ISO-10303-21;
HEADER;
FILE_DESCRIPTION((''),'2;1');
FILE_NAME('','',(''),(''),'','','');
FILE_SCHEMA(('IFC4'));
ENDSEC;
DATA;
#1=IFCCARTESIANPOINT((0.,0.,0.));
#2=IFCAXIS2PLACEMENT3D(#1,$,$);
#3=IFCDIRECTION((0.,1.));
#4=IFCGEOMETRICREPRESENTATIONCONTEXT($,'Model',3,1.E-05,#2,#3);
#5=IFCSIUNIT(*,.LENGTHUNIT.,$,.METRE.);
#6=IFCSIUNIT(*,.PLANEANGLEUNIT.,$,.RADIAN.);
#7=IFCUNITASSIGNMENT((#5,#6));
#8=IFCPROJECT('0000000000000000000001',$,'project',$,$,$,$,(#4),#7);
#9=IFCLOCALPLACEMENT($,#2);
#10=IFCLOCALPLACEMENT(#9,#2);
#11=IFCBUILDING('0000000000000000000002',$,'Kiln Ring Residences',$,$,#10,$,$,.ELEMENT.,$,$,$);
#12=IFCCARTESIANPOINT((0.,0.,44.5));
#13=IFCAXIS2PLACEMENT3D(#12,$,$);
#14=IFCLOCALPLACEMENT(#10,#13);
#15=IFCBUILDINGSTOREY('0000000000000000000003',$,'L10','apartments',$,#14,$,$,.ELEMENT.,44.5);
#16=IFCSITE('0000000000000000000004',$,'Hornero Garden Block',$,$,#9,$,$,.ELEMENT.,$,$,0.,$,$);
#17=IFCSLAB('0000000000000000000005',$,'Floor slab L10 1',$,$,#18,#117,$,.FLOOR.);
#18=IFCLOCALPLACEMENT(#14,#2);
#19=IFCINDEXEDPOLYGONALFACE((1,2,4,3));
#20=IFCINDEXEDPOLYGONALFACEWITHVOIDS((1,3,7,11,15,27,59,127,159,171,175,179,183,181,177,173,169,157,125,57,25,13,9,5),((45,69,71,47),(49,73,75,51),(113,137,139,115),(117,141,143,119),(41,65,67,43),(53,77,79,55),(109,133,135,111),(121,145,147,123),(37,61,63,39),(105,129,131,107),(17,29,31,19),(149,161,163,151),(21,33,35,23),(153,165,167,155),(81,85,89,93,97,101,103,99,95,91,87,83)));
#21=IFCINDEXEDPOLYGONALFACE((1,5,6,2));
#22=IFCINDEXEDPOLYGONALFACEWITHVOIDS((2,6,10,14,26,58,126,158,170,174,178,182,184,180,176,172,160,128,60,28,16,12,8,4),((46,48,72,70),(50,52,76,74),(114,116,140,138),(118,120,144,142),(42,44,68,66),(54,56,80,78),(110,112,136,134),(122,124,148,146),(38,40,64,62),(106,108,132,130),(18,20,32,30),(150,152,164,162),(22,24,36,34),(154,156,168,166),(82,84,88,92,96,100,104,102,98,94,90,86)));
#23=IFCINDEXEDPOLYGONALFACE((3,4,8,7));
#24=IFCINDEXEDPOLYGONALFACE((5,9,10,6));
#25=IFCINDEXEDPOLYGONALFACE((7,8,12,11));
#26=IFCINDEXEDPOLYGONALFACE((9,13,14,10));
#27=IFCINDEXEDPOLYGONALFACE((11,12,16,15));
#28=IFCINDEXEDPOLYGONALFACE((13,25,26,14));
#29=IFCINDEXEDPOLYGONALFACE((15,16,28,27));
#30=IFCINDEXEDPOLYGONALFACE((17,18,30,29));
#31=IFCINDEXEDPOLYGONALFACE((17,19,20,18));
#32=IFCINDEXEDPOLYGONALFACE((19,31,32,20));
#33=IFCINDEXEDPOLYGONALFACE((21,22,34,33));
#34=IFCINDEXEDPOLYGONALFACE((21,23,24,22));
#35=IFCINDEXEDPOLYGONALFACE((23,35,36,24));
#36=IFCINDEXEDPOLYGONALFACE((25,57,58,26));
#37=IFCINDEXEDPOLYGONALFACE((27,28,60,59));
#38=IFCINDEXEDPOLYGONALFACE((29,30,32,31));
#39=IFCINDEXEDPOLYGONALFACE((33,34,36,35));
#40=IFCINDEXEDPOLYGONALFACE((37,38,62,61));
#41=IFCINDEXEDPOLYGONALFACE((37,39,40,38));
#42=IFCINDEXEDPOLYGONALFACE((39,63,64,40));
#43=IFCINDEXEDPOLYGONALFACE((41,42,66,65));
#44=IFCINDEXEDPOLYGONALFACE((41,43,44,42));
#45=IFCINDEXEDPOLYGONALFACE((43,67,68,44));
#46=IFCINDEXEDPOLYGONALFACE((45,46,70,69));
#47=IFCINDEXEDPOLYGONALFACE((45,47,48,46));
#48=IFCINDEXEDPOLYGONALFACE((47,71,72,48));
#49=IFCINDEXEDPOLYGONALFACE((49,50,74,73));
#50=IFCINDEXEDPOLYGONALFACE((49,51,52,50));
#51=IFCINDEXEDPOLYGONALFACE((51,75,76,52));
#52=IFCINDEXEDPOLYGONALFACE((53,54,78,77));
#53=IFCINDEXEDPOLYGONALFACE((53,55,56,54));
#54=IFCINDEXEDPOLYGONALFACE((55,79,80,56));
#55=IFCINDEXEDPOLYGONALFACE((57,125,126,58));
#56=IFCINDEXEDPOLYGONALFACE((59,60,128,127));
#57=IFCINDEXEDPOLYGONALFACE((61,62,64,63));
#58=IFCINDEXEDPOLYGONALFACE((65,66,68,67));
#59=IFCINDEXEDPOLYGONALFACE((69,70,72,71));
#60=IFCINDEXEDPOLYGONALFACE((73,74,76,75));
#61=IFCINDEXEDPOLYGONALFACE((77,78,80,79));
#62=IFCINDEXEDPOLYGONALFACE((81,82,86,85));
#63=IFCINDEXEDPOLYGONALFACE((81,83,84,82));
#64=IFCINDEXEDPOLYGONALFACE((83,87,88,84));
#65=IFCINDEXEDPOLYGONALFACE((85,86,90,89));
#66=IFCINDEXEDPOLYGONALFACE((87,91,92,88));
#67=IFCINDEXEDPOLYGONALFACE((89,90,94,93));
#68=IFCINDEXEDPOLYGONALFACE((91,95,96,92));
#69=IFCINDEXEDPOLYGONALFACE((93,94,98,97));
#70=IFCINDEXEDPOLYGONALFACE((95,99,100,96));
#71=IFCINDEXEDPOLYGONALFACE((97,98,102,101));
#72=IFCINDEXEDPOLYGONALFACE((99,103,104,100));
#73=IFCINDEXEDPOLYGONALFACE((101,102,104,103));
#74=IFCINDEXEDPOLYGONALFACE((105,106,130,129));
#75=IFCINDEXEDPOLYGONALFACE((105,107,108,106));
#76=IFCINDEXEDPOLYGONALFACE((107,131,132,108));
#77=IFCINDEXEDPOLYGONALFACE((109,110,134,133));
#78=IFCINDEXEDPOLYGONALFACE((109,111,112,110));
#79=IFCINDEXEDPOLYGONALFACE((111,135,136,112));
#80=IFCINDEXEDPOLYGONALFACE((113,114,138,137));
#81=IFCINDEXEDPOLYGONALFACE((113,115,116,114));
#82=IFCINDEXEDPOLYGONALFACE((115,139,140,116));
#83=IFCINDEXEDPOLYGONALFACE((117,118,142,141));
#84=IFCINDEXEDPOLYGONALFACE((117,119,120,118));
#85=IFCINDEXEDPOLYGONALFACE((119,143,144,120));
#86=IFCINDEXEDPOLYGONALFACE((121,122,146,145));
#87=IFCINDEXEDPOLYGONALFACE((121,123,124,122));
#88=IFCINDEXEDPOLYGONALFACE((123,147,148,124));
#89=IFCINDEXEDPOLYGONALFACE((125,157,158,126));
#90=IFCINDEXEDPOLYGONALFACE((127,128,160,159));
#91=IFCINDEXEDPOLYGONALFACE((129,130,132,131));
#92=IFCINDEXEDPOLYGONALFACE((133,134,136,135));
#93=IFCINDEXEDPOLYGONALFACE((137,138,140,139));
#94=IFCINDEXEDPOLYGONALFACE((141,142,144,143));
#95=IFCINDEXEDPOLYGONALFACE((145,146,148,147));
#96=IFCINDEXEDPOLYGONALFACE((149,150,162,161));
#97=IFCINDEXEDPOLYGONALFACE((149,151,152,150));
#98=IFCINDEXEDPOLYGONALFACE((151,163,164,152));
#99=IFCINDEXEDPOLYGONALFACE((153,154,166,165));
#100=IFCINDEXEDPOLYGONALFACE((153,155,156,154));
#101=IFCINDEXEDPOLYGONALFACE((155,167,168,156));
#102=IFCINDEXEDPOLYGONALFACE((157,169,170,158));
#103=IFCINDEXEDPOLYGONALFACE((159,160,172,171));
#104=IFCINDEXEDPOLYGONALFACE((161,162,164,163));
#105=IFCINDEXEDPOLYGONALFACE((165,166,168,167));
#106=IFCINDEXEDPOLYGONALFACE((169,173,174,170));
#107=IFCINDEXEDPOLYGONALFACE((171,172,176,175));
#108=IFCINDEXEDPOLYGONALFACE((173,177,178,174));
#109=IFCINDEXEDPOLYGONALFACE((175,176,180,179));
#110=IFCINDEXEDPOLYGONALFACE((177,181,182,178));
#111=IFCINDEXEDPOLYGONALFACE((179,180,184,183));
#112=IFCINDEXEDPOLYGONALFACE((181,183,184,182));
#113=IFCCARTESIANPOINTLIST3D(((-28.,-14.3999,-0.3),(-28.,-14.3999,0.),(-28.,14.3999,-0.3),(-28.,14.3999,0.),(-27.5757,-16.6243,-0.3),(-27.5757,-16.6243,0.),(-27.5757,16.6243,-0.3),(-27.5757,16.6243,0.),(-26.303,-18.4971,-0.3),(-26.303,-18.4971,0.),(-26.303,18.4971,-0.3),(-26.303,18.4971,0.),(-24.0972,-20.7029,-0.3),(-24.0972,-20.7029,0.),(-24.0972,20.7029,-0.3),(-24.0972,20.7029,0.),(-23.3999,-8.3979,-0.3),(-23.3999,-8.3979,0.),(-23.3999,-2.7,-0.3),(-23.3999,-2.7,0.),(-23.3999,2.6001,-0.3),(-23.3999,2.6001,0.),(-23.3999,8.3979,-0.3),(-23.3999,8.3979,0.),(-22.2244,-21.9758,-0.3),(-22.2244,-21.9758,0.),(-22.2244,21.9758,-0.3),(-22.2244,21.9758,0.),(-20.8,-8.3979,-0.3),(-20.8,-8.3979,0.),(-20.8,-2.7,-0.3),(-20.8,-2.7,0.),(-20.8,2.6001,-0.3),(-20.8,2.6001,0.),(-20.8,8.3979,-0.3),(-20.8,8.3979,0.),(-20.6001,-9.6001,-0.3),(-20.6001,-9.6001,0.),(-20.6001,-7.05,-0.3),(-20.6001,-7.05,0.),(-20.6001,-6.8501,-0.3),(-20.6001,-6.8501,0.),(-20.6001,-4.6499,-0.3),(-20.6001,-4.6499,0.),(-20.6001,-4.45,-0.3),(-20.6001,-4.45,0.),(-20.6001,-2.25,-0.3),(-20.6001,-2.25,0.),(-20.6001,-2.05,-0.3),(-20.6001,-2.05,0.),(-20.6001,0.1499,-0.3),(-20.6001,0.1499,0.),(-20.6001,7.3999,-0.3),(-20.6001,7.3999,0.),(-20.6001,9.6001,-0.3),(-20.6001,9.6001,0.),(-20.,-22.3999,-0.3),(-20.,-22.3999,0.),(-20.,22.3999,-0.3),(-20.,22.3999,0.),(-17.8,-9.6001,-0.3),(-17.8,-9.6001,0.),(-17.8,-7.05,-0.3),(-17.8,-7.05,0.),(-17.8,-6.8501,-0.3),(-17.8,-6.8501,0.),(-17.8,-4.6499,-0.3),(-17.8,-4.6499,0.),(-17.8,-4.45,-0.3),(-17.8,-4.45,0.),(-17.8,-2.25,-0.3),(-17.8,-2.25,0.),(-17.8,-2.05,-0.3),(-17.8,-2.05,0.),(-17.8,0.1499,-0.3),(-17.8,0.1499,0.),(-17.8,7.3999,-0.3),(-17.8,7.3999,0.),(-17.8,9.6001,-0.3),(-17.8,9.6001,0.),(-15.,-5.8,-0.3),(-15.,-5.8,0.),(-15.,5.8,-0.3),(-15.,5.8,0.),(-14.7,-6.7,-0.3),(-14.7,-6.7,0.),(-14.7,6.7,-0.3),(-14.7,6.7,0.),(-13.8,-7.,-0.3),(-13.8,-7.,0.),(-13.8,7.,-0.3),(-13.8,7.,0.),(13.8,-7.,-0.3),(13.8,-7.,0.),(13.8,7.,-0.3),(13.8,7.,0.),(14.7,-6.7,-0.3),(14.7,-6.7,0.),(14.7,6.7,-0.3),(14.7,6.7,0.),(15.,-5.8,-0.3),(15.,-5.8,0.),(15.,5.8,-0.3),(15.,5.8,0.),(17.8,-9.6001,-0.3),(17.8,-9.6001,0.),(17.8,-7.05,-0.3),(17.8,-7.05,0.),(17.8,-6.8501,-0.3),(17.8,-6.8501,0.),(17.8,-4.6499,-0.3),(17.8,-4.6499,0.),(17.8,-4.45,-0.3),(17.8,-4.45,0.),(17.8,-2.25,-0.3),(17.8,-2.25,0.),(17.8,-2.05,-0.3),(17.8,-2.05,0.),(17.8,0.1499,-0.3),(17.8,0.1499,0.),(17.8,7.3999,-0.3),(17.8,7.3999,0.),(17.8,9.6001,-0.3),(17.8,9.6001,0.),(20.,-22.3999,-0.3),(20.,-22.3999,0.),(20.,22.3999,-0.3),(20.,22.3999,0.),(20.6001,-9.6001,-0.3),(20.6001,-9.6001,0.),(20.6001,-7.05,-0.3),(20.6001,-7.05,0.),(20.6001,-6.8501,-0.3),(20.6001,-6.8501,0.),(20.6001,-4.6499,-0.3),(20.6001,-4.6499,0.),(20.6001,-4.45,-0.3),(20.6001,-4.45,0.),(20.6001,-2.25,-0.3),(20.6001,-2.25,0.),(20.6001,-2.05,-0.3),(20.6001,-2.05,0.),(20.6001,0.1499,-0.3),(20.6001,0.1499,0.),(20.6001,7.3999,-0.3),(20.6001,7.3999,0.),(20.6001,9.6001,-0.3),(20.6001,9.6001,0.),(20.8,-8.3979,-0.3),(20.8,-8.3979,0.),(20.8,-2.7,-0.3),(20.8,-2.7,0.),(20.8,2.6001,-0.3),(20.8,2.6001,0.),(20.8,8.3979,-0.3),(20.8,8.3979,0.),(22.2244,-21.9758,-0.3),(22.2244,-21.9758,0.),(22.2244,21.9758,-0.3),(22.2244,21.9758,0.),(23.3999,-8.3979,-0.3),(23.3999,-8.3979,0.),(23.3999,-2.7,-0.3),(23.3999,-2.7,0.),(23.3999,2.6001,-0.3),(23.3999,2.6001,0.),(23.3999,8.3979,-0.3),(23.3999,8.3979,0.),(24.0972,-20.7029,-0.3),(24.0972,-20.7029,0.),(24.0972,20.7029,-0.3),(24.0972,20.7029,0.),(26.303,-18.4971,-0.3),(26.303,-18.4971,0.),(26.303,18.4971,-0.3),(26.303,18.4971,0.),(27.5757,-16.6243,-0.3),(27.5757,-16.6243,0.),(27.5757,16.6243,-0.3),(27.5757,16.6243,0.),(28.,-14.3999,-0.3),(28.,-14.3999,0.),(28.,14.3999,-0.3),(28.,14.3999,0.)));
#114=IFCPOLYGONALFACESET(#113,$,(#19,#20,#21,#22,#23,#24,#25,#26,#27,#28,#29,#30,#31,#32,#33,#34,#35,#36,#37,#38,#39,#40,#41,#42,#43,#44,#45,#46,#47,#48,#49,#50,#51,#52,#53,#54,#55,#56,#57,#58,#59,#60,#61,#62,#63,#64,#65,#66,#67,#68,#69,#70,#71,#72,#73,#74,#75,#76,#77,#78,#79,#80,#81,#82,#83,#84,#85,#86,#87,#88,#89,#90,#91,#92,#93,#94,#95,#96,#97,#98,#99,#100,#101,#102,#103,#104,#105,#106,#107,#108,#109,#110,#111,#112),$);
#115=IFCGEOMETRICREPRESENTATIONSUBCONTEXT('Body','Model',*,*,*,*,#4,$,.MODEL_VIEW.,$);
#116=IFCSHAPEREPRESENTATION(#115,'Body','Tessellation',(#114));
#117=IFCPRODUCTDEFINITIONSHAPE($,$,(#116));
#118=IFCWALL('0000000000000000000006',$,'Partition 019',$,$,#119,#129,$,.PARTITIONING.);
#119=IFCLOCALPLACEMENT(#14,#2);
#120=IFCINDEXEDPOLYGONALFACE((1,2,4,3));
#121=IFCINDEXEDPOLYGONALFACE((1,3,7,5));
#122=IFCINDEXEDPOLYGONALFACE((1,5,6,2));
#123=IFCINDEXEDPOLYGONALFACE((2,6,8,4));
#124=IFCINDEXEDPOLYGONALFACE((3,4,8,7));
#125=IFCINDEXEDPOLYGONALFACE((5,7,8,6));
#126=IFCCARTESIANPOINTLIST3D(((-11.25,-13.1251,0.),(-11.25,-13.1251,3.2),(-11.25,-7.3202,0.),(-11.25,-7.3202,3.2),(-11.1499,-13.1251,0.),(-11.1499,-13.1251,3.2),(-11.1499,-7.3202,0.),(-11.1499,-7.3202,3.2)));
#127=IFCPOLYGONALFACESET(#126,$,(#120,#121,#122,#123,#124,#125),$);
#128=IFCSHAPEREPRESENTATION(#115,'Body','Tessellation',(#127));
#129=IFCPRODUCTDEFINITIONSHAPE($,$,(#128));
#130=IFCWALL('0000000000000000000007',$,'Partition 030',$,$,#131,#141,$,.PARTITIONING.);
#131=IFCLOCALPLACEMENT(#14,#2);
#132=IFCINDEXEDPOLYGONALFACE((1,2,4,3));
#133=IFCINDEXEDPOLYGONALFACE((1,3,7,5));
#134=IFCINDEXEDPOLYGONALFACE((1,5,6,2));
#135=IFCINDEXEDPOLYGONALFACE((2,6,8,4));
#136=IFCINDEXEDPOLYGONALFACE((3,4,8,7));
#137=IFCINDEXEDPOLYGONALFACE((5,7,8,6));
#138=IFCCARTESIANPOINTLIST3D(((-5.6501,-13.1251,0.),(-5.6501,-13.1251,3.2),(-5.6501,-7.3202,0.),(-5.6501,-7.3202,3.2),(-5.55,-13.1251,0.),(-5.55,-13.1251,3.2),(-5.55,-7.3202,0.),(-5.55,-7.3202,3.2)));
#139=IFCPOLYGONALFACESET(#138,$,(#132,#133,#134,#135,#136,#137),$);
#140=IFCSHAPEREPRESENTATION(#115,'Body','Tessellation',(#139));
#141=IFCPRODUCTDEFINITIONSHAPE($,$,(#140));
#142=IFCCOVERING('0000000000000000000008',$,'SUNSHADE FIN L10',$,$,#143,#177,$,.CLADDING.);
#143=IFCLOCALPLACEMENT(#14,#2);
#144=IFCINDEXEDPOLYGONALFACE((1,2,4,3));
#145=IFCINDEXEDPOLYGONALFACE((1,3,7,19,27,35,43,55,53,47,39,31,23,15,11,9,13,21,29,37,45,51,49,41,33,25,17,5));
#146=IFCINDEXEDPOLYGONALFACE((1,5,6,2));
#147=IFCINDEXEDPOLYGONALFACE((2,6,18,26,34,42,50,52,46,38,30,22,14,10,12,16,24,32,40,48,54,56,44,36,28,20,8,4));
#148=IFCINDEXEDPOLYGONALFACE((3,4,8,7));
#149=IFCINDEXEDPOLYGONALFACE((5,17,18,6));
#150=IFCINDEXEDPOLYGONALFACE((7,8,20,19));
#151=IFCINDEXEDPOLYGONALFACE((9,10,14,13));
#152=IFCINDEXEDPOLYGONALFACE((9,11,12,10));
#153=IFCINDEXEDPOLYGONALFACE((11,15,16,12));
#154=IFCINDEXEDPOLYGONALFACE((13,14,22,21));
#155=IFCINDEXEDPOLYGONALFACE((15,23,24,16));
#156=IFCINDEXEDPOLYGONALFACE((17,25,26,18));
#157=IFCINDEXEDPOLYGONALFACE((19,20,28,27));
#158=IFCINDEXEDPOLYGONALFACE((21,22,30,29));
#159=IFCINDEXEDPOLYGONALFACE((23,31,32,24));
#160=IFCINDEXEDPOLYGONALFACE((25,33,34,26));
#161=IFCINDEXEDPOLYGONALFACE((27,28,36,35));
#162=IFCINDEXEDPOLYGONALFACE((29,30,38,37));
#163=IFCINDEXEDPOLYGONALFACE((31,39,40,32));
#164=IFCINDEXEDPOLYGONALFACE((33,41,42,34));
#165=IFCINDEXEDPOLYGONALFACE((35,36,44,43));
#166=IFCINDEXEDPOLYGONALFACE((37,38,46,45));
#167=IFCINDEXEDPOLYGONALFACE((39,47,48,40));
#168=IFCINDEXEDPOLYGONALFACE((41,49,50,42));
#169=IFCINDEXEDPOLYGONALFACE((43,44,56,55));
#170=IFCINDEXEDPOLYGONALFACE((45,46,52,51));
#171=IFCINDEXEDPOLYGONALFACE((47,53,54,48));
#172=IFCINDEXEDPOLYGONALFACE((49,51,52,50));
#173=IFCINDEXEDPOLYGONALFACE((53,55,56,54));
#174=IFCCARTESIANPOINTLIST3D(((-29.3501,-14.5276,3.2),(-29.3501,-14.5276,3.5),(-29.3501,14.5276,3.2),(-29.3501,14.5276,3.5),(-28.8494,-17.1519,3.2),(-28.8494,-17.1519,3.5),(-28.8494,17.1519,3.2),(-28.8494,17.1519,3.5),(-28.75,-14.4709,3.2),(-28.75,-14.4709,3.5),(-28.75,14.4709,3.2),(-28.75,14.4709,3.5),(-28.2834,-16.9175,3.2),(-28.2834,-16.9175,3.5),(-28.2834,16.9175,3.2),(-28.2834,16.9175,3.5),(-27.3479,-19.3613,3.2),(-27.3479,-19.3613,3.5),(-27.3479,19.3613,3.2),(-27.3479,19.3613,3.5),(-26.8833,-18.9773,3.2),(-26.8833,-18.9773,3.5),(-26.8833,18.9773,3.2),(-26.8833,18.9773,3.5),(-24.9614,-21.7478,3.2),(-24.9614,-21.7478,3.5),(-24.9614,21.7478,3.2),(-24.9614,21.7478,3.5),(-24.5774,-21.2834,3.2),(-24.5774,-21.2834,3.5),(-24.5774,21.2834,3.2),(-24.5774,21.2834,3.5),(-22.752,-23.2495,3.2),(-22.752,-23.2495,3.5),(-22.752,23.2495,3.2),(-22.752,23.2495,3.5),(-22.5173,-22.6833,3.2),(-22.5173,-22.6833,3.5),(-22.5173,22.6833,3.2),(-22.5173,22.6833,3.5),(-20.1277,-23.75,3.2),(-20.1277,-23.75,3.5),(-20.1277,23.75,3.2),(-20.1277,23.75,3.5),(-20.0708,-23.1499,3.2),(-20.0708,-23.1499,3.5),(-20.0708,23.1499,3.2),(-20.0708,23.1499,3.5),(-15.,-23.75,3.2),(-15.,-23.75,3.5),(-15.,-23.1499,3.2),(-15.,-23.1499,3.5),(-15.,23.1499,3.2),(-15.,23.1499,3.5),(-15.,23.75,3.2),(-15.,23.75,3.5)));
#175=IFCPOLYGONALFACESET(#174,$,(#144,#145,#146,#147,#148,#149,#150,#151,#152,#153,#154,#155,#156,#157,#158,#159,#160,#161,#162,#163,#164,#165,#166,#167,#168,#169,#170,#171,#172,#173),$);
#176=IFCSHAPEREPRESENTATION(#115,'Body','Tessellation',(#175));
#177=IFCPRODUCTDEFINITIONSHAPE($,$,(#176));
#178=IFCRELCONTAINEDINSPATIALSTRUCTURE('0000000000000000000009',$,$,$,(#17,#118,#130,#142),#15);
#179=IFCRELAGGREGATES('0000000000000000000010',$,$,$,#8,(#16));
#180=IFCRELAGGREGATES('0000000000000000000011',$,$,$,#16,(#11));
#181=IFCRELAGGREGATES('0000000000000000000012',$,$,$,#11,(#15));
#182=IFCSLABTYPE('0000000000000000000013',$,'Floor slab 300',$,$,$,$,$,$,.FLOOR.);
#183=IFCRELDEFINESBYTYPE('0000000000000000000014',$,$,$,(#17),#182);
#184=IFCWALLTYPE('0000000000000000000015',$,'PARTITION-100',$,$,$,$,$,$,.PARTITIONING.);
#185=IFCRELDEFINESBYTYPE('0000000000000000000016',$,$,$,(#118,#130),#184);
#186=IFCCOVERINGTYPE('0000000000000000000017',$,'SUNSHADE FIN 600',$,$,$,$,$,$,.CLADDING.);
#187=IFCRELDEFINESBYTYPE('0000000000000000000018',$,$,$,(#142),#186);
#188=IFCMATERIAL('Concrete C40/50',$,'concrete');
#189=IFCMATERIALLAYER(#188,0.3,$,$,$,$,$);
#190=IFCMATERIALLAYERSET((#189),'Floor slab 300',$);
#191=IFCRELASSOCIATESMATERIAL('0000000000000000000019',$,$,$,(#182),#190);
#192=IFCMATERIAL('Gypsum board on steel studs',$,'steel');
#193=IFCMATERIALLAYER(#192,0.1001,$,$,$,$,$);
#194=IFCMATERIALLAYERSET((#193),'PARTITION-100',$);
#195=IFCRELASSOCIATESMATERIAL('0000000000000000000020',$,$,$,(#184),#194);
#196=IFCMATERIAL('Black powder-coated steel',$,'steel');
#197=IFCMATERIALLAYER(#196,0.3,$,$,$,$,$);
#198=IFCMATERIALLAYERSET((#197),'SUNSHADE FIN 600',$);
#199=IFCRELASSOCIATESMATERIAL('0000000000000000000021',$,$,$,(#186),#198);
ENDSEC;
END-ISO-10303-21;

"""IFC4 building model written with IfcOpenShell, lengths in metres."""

from ifc_helpers import new_model, si_unit, direction, frame, frame_2d, origin, place, context, subcontext, project, spatial, polyline, rectangle, outline, extrude, material, layer, layer_set, type_object, element, save


model = new_model("IFC4")

# Units and contexts
model_context = context("Model", 3, precision=1e-05, world=origin(), true_north=direction((0.0, 1.0)))
body_context = subcontext(model_context, "Body", "Model", "MODEL_VIEW")
ifc_project = project(units=[si_unit("LENGTHUNIT", "METRE"), si_unit("PLANEANGLEUNIT", "RADIAN")], contexts=[model_context])

# Site, building, storey
site_placement = place(None, origin())
site = spatial("IfcSite", under=ifc_project, at=site_placement, Name="Hornero Garden Block", CompositionType="ELEMENT", RefElevation=0.0)
building_placement = place(site_placement, origin())
building = spatial("IfcBuilding", under=site, at=building_placement, Name="Kiln Ring Residences", CompositionType="ELEMENT")
storey_placement = place(building_placement, frame((0.0, 0.0, 44.5)))
storey = spatial("IfcBuildingStorey", under=building, at=storey_placement, Name="L10", Description="apartments", CompositionType="ELEMENT", Elevation=44.5)

# Slab
ifc_material_1 = material(Name="Concrete C40/50", Category="concrete")
ifc_layer_1 = layer(ifc_material_1, 0.3)
ifc_layer_set_1 = layer_set([ifc_layer_1], Name="Floor slab 300")
slab_type = type_object("IfcSlabType", Name="Floor slab 300", PredefinedType="FLOOR", material=ifc_layer_set_1)
slab_placement = place(storey_placement, frame((0.0, 0.0, -0.3)))
element("IfcSlab", 1, at=slab_placement, inside=storey, type_object=slab_type, Name="Floor slab L10 1", PredefinedType="FLOOR", context=body_context, shape_type="SweptSolid", body=[
    extrude(outline(polyline([(-26.303, -18.4971), (-24.0972, -20.7029), (-22.2244, -21.9758), (-20.0, -22.3999), (20.0, -22.3999), (22.2244, -21.9758), (24.0972, -20.7029), (26.303, -18.4971), (27.5757, -16.6243), (28.0, -14.3999), (28.0, 14.3999), (27.5757, 16.6243), (26.303, 18.4971), (24.0972, 20.7029), (22.2244, 21.9758), (20.0, 22.3999), (-20.0, 22.3999), (-22.2244, 21.9758), (-24.0972, 20.7029), (-26.303, 18.4971), (-27.5757, 16.6243), (-28.0, 14.3999), (-28.0, -14.3999), (-27.5757, -16.6243), (-26.303, -18.4971)]), holes=[polyline([(-14.7, -6.7), (-15.0, -5.8), (-15.0, 5.8), (-14.7, 6.7), (-13.8, 7.0), (13.8, 7.0), (14.7, 6.7), (15.0, 5.8), (15.0, -5.8), (14.7, -6.7), (13.8, -7.0), (-13.8, -7.0), (-14.7, -6.7)]), polyline([(20.8, -8.3979), (20.8, -2.7), (23.3999, -2.7), (23.3999, -8.3979), (20.8, -8.3979)]), polyline([(20.8, 2.6001), (20.8, 8.3979), (23.3999, 8.3979), (23.3999, 2.6001), (20.8, 2.6001)]), polyline([(17.8, -6.8501), (17.8, -4.6499), (20.6001, -4.6499), (20.6001, -6.8501), (17.8, -6.8501)]), polyline([(17.8, -4.45), (17.8, -2.25), (20.6001, -2.25), (20.6001, -4.45), (17.8, -4.45)]), polyline([(17.8, -2.05), (17.8, 0.1499), (20.6001, 0.1499), (20.6001, -2.05), (17.8, -2.05)]), polyline([(17.8, 7.3999), (17.8, 9.6001), (20.6001, 9.6001), (20.6001, 7.3999), (17.8, 7.3999)]), polyline([(20.6001, -9.6001), (17.8, -9.6001), (17.8, -7.05), (20.6001, -7.05), (20.6001, -9.6001)]), polyline([(-17.8, -7.05), (-17.8, -9.6001), (-20.6001, -9.6001), (-20.6001, -7.05), (-17.8, -7.05)]), polyline([(-17.8, -6.8501), (-20.6001, -6.8501), (-20.6001, -4.6499), (-17.8, -4.6499), (-17.8, -6.8501)]), polyline([(-17.8, -4.45), (-20.6001, -4.45), (-20.6001, -2.25), (-17.8, -2.25), (-17.8, -4.45)]), polyline([(-17.8, -2.05), (-20.6001, -2.05), (-20.6001, 0.1499), (-17.8, 0.1499), (-17.8, -2.05)]), polyline([(-17.8, 7.3999), (-20.6001, 7.3999), (-20.6001, 9.6001), (-17.8, 9.6001), (-17.8, 7.3999)]), polyline([(-20.8, -8.3979), (-23.3999, -8.3979), (-23.3999, -2.7), (-20.8, -2.7), (-20.8, -8.3979)]), polyline([(-20.8, 2.6001), (-23.3999, 2.6001), (-23.3999, 8.3979), (-20.8, 8.3979), (-20.8, 2.6001)])]), origin(), (0.0, 0.0, 1.0), 0.3),
])

# Walls
ifc_material_2 = material(Name="Gypsum board on steel studs", Category="steel")
ifc_layer_2 = layer(ifc_material_2, 0.1001)
ifc_layer_set_2 = layer_set([ifc_layer_2], Name="PARTITION-100")
wall_type = type_object("IfcWallType", Name="PARTITION-100", PredefinedType="PARTITIONING", material=ifc_layer_set_2)
for number, where, z_axis, x_axis, name in (
    (2, (-11.2, -13.125, 0.0), (0.0, 0.0, 1.0), (0.0, 1.0, 0.0), "Partition 019"),
    (3, (-5.6001, -13.125, 0.0), (0.0, 0.0, 1.0), (0.0, 1.0, 0.0), "Partition 030"),
):
    element("IfcWall", number, at=place(storey_placement, frame(where, z_axis=z_axis, x_axis=x_axis)), inside=storey, type_object=wall_type, Name=name, PredefinedType="PARTITIONING", context=body_context, shape_type="SweptSolid", body=[
        extrude(rectangle(XDim=5.8049, YDim=0.1001, at=frame_2d((2.9023, 0.0))), origin(), (0.0, 0.0, 1.0), 3.2),
    ])

# Covering
ifc_material_3 = material(Name="Black powder-coated steel", Category="steel")
ifc_layer_3 = layer(ifc_material_3, 0.3)
ifc_layer_set_3 = layer_set([ifc_layer_3], Name="SUNSHADE FIN 600")
covering_type = type_object("IfcCoveringType", Name="SUNSHADE FIN 600", PredefinedType="CLADDING", material=ifc_layer_set_3)
covering_placement = place(storey_placement, frame((0.0, 0.0, 3.2)))
element("IfcCovering", 4, at=covering_placement, inside=storey, type_object=covering_type, Name="SUNSHADE FIN L10", PredefinedType="CLADDING", context=body_context, shape_type="SweptSolid", body=[
    extrude(outline(polyline([(-29.3501, -14.5276), (-28.8494, -17.1519), (-27.3479, -19.3613), (-24.9614, -21.7478), (-22.752, -23.2495), (-20.1277, -23.75), (-15.0, -23.75), (-15.0, -23.1499), (-20.0708, -23.1499), (-22.5173, -22.6833), (-24.5774, -21.2834), (-26.8833, -18.9773), (-28.2834, -16.9175), (-28.75, -14.4709), (-28.75, 14.4709), (-28.2834, 16.9175), (-26.8833, 18.9773), (-24.5774, 21.2834), (-22.5173, 22.6833), (-20.0708, 23.1499), (-15.0, 23.1499), (-15.0, 23.75), (-20.1277, 23.75), (-22.752, 23.2495), (-24.9614, 21.7478), (-27.3479, 19.3613), (-28.8494, 17.1519), (-29.3501, 14.5276), (-29.3501, -14.5276)])), origin(), (0.0, 0.0, 1.0), 0.3),
])

save(model, "model.ifc")
